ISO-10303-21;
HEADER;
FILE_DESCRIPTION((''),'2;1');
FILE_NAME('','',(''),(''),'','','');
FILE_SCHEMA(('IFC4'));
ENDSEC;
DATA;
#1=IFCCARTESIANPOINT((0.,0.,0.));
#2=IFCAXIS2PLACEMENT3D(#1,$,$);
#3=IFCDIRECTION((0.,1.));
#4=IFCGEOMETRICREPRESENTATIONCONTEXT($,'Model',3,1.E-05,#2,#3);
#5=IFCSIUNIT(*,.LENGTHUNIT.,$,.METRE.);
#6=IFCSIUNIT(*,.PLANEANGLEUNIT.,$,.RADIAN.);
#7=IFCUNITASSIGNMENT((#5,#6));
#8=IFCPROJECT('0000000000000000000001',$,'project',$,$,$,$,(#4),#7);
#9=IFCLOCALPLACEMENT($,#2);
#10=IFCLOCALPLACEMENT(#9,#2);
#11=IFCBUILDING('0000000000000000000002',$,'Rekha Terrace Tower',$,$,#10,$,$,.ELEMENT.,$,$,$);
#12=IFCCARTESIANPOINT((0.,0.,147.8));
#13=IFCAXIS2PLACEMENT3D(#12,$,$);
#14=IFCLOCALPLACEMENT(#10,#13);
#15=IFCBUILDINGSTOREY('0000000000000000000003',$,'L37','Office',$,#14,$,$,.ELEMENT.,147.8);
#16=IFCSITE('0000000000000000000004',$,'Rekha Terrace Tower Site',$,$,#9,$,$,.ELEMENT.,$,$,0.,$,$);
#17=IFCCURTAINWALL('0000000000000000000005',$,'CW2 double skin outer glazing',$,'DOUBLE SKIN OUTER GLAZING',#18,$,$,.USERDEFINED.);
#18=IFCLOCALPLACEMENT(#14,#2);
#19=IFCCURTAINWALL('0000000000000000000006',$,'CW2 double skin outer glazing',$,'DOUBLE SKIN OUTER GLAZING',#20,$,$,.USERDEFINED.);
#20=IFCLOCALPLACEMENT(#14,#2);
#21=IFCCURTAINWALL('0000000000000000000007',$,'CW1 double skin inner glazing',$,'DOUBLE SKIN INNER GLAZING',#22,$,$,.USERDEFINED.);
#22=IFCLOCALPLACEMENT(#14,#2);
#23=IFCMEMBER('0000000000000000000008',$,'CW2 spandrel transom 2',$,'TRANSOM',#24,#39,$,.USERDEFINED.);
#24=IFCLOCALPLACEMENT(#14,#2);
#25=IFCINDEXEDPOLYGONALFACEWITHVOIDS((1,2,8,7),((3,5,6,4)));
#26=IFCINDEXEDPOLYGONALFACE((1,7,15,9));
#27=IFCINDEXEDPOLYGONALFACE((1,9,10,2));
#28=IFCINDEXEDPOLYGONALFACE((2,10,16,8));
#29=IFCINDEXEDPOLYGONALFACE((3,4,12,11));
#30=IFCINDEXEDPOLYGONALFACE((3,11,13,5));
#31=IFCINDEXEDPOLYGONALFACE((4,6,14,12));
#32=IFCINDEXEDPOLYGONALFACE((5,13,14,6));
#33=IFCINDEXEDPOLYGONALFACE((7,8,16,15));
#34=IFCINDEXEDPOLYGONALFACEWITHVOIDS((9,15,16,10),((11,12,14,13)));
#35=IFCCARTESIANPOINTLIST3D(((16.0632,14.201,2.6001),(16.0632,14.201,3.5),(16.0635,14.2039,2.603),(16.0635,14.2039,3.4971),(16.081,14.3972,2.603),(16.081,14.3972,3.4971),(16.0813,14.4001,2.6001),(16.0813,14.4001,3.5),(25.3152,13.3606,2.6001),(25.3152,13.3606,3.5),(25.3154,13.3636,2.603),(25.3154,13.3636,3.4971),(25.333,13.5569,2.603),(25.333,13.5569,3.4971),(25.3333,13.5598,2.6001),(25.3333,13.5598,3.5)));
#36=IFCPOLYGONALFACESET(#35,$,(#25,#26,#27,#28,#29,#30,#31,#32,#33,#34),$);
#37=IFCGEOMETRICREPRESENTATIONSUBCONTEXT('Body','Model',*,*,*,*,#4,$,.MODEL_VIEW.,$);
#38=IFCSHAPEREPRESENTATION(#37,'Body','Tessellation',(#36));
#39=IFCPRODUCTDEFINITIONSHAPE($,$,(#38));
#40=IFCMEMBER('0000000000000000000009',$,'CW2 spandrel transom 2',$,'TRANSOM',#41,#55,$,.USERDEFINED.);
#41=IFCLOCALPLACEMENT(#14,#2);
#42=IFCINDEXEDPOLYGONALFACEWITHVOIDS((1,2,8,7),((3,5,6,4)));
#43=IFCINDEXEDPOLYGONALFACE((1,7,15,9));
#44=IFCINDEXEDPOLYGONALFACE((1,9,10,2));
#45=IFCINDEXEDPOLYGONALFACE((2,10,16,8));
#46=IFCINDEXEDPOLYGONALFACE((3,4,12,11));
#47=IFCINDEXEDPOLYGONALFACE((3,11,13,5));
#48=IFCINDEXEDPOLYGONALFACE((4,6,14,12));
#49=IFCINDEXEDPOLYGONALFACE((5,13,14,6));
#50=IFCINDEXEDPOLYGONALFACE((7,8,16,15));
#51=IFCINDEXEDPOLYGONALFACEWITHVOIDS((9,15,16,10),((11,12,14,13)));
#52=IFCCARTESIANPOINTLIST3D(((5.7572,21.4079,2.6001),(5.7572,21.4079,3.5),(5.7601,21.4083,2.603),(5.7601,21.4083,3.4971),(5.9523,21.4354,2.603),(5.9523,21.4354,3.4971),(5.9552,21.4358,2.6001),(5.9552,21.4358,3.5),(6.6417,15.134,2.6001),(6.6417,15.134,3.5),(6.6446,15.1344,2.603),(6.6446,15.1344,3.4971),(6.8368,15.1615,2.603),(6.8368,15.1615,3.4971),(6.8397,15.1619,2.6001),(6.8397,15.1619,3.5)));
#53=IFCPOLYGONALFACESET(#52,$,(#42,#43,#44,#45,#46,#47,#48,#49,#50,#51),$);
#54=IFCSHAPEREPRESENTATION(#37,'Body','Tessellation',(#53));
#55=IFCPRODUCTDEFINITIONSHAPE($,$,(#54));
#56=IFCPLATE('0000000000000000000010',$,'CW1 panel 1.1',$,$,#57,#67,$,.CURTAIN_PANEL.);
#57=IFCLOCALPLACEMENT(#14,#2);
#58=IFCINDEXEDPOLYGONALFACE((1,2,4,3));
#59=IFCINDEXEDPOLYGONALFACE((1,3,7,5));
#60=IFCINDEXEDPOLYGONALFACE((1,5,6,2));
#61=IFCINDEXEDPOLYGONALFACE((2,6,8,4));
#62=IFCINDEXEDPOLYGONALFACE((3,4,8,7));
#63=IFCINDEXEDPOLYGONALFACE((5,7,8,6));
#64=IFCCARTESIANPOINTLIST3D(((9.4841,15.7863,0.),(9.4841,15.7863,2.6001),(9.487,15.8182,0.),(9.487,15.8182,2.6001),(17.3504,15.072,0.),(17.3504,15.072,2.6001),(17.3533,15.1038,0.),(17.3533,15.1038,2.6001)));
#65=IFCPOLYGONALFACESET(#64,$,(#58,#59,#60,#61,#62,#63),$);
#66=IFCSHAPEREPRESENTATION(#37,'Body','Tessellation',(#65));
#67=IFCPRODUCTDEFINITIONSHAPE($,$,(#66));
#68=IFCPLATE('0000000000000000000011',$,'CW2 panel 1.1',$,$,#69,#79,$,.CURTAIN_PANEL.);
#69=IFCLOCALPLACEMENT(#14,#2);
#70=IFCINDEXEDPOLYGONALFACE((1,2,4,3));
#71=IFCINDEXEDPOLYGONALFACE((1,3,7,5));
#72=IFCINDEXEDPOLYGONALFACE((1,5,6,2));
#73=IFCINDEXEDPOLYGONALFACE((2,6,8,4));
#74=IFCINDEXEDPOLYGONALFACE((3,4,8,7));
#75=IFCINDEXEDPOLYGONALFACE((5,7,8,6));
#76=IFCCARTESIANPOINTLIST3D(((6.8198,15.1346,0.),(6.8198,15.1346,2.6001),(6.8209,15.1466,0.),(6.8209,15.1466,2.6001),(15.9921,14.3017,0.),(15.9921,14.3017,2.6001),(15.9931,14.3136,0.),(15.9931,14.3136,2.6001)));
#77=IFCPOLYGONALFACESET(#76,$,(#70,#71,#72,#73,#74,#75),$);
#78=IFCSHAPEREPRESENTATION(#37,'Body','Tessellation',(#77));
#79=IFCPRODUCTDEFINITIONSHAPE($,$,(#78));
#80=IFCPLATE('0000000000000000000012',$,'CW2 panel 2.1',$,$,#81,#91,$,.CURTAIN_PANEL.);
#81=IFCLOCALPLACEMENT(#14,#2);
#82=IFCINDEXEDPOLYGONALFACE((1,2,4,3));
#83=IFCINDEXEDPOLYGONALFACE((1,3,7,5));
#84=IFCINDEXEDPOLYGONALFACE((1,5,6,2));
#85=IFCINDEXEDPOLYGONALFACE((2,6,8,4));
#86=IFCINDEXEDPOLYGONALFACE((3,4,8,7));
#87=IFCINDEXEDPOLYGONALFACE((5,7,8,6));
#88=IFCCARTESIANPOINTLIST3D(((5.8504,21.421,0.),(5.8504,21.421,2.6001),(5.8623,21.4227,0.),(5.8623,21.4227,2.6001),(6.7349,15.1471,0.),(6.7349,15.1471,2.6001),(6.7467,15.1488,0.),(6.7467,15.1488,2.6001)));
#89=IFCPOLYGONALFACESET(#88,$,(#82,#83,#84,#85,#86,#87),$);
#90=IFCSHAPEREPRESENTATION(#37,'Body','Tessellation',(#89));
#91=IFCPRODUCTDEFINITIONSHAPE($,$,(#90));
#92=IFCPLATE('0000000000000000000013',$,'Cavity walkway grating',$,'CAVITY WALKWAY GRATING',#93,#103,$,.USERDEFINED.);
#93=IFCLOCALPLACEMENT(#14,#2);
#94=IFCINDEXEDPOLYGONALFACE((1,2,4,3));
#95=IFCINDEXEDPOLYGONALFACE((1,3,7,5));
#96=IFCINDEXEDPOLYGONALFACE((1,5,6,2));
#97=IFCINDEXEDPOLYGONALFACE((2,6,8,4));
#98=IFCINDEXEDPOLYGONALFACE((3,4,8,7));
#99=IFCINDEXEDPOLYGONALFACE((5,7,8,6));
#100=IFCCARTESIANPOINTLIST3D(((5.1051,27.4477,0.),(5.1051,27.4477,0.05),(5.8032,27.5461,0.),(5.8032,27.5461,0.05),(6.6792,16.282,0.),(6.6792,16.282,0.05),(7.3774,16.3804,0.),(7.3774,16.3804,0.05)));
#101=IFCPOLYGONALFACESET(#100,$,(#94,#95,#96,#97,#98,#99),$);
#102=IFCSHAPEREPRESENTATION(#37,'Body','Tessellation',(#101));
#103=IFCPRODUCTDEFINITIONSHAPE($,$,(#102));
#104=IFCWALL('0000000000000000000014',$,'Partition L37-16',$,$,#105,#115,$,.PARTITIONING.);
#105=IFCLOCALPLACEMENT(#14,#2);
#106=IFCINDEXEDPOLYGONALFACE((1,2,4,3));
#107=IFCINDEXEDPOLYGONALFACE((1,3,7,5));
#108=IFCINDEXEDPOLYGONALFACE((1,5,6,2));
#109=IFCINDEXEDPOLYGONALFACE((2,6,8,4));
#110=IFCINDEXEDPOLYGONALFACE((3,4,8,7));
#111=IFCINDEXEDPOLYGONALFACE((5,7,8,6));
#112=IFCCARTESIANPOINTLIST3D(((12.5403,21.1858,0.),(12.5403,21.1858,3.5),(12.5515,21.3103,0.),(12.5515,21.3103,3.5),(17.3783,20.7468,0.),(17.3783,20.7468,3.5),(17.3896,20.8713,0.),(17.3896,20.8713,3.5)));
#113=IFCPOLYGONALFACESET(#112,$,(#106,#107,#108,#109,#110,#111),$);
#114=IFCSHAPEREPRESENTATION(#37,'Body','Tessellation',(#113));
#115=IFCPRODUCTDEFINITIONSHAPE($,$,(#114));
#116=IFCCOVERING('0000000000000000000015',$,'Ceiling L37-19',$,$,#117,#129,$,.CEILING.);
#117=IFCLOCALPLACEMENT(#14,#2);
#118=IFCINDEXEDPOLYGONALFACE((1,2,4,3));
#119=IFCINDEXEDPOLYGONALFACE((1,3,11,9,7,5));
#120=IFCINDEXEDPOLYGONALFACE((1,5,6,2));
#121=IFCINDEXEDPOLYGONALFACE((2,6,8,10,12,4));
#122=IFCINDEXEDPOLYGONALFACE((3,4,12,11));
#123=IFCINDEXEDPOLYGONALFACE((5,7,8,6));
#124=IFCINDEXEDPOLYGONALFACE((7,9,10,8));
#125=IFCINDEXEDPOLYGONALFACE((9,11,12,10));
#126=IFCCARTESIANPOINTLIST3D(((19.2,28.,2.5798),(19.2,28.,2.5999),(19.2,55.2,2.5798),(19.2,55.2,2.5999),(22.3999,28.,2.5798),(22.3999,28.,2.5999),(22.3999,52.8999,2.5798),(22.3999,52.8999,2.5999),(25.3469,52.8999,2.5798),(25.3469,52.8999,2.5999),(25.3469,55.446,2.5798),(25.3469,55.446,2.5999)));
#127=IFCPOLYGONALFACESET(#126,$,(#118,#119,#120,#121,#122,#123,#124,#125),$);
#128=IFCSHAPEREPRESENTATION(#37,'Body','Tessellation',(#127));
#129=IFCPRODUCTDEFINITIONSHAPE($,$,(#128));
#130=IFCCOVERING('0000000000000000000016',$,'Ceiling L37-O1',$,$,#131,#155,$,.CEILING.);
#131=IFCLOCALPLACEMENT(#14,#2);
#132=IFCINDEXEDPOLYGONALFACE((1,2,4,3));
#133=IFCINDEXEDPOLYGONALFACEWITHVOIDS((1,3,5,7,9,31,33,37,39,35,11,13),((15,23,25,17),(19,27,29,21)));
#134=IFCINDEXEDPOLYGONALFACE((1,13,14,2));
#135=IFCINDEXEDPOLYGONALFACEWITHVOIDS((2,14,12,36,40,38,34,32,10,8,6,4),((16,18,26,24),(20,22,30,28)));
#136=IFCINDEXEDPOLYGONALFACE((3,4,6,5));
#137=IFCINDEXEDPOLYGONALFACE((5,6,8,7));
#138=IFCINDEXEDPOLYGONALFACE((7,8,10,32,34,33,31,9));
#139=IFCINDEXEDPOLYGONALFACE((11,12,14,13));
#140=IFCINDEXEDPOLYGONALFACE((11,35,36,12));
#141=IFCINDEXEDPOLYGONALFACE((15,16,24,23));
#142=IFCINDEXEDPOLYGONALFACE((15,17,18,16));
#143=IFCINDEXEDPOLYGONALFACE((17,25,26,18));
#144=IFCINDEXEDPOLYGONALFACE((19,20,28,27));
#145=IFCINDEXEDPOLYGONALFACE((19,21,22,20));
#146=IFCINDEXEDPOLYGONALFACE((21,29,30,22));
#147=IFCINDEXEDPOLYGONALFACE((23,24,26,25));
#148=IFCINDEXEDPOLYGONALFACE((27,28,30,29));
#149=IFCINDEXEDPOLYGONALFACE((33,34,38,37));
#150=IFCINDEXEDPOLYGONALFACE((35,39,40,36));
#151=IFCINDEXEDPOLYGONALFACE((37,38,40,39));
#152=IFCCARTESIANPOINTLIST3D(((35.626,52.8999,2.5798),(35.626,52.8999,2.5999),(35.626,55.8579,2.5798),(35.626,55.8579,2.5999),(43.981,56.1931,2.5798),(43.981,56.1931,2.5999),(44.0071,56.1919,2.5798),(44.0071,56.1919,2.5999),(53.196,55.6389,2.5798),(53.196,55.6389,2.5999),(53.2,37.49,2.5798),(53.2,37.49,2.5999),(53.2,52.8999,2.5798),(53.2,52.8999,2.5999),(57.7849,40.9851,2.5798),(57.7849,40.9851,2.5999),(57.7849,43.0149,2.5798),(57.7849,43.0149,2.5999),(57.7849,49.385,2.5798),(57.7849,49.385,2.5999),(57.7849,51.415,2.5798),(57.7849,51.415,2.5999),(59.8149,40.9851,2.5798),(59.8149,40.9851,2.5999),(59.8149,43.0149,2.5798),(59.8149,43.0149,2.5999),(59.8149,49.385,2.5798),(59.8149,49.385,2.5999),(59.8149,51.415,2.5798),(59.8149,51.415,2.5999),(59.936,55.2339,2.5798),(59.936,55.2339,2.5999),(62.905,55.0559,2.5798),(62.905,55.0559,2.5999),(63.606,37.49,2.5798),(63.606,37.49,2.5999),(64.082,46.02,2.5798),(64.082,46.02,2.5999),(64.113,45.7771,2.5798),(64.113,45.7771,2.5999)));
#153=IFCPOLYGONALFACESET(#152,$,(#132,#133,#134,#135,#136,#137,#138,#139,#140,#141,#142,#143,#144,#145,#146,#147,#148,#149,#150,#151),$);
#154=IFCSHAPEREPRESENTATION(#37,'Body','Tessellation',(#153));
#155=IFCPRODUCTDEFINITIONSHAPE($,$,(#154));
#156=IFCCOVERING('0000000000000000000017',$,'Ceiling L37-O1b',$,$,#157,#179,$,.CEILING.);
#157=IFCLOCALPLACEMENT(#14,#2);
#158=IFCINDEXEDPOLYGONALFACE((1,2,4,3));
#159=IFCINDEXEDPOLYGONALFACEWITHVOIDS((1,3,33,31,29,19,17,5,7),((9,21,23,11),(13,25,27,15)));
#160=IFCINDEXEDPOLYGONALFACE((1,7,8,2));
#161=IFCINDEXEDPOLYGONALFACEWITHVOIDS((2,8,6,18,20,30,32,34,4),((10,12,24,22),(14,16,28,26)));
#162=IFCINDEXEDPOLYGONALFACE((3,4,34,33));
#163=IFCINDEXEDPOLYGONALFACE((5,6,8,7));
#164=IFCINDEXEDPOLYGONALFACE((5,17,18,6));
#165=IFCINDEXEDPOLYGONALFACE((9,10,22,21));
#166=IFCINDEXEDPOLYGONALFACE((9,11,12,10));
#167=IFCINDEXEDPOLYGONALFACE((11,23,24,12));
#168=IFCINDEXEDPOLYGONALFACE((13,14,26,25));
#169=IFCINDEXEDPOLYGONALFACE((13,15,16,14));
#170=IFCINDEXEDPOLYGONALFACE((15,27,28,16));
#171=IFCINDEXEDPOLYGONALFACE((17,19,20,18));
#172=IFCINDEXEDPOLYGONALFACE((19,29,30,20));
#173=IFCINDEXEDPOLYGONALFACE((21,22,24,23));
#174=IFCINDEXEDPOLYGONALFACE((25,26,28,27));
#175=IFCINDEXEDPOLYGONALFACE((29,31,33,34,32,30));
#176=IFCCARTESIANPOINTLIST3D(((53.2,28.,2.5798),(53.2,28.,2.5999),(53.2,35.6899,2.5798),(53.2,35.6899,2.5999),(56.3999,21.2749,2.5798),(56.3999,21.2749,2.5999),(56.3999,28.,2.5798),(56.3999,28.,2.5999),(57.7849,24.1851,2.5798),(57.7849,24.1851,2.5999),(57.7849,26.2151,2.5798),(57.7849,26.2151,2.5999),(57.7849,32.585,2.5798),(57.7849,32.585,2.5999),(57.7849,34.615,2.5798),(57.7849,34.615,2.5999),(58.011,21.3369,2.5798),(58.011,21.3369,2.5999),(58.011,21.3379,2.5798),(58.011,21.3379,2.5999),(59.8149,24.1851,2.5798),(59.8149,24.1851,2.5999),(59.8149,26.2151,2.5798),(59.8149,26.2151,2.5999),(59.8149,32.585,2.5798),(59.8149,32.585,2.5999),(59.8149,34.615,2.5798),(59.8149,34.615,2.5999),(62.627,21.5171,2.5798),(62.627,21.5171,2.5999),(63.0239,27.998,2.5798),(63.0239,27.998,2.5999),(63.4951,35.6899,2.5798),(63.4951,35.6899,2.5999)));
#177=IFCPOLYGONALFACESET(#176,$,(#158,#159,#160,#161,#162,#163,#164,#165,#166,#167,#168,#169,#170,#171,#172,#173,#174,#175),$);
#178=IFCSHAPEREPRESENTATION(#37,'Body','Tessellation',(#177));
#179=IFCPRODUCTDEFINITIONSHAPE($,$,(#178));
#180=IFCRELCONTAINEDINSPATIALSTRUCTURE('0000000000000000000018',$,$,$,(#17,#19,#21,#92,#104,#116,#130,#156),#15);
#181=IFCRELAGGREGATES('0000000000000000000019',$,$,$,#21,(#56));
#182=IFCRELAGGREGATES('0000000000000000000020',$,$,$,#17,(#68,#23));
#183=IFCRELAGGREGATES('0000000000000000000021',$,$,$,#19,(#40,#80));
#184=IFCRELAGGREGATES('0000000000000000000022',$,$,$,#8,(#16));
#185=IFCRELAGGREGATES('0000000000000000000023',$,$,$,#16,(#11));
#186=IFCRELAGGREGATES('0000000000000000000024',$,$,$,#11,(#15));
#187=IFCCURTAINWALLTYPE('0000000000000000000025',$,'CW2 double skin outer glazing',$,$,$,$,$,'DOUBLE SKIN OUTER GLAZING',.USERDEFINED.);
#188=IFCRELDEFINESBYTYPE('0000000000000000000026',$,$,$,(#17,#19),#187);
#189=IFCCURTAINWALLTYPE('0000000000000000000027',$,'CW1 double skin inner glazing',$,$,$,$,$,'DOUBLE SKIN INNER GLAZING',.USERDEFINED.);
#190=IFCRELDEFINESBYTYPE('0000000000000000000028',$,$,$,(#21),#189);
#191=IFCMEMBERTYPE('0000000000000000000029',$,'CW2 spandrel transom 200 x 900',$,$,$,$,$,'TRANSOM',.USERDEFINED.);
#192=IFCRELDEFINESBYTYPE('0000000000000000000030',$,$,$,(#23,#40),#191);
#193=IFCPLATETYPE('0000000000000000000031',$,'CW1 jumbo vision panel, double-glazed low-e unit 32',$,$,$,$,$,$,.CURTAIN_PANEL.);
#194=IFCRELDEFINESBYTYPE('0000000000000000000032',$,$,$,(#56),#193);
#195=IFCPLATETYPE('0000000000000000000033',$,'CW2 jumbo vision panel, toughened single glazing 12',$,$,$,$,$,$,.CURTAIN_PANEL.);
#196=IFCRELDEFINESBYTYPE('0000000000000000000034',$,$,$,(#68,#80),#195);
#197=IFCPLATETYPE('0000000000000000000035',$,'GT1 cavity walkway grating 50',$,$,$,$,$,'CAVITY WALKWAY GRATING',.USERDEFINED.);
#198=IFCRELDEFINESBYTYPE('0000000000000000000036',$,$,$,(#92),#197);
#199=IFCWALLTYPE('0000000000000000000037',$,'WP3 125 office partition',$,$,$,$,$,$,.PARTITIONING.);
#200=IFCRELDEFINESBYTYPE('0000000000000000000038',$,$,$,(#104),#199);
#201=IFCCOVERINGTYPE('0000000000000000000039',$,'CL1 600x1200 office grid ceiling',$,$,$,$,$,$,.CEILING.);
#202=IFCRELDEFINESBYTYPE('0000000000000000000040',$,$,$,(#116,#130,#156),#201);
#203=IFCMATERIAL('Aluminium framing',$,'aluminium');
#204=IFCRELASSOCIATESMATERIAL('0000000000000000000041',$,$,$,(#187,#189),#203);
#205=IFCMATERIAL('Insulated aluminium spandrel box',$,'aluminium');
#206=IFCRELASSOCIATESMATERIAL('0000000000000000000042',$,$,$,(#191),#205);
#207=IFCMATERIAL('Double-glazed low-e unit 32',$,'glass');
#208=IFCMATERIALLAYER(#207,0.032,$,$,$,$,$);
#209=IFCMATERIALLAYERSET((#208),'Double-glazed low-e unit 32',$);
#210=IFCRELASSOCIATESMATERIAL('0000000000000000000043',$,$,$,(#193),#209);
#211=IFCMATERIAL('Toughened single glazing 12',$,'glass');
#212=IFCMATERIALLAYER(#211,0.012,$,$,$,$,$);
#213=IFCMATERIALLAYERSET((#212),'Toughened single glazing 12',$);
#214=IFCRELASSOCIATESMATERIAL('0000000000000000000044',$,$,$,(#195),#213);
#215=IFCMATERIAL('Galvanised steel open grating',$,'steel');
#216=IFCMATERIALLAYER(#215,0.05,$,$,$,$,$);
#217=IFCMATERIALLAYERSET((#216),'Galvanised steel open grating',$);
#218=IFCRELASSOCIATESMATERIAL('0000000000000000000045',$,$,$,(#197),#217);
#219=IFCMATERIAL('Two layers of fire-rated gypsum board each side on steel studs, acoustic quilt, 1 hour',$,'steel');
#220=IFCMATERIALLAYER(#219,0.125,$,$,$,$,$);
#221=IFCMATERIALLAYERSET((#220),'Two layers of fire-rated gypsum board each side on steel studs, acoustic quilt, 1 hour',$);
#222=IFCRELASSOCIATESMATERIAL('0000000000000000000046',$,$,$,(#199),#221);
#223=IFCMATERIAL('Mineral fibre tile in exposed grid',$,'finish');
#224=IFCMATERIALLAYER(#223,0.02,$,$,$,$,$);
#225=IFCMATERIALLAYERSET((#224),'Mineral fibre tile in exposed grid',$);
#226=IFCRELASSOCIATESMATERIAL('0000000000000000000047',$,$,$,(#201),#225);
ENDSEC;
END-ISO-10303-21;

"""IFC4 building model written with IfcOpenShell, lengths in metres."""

from ifc_helpers import new_model, si_unit, direction, frame, frame_2d, origin, origin_2d, place, context, subcontext, project, spatial, polyline, rectangle, hollow_rectangle, outline, extrude, material, layer, layer_set, material_profile, profile_set, type_object, element, aggregate, save


model = new_model("IFC4")

# Units and contexts
model_context = context("Model", 3, precision=1e-05, world=origin(), true_north=direction((0.0, 1.0)))
body_context = subcontext(model_context, "Body", "Model", "MODEL_VIEW")
ifc_project = project(units=[si_unit("LENGTHUNIT", "METRE"), si_unit("PLANEANGLEUNIT", "RADIAN")], contexts=[model_context])

# Site, building, storey
site_placement = place(None, origin())
site = spatial("IfcSite", under=ifc_project, at=site_placement, Name="Rekha Terrace Tower Site", CompositionType="ELEMENT", RefElevation=0.0)
building_placement = place(site_placement, origin())
building = spatial("IfcBuilding", under=site, at=building_placement, Name="Rekha Terrace Tower", CompositionType="ELEMENT")
storey_placement = place(building_placement, frame((0.0, 0.0, 147.8)))
storey = spatial("IfcBuildingStorey", under=building, at=storey_placement, Name="L37", Description="Office", CompositionType="ELEMENT", Elevation=147.8)

# Curtain walls
ifc_material_1 = material(Name="Aluminium framing", Category="aluminium")
curtain_wall_type_1 = type_object("IfcCurtainWallType", Name="CW2 double skin outer glazing", ElementType="DOUBLE SKIN OUTER GLAZING", PredefinedType="USERDEFINED", material=ifc_material_1)
curtain_wall_1_placement = place(storey_placement, origin())
curtain_wall_1 = element("IfcCurtainWall", 1, at=curtain_wall_1_placement, inside=storey, type_object=curtain_wall_type_1, Name="CW2 double skin outer glazing", ObjectType="DOUBLE SKIN OUTER GLAZING", PredefinedType="USERDEFINED")
curtain_wall_2_placement = place(storey_placement, origin())
curtain_wall_2 = element("IfcCurtainWall", 2, at=curtain_wall_2_placement, inside=storey, type_object=curtain_wall_type_1, Name="CW2 double skin outer glazing", ObjectType="DOUBLE SKIN OUTER GLAZING", PredefinedType="USERDEFINED")
curtain_wall_type_2 = type_object("IfcCurtainWallType", Name="CW1 double skin inner glazing", ElementType="DOUBLE SKIN INNER GLAZING", PredefinedType="USERDEFINED", material=ifc_material_1)
curtain_wall_3_placement = place(storey_placement, origin())
curtain_wall_3 = element("IfcCurtainWall", 3, at=curtain_wall_3_placement, inside=storey, type_object=curtain_wall_type_2, Name="CW1 double skin inner glazing", ObjectType="DOUBLE SKIN INNER GLAZING", PredefinedType="USERDEFINED")

# Members
ifc_material_2 = material(Name="Insulated aluminium spandrel box", Category="aluminium")
ifc_material_profile_1 = material_profile(ifc_material_2, hollow_rectangle(XDim=0.2, YDim=0.8999, WallThickness=0.0029, at=origin_2d()), Name="AL SPANDREL BOX 200x900")
ifc_profile_set_1 = profile_set([ifc_material_profile_1], Name="Insulated aluminium spandrel box")
member_type_1 = type_object("IfcMemberType", Name="CW2 spandrel transom 200 x 900", ElementType="TRANSOM", PredefinedType="USERDEFINED", material=ifc_profile_set_1)
member_1_placement = place(storey_placement, frame((16.0723, 14.3005, 3.05), z_axis=(0.995901, -0.090455, 0.0), x_axis=(0.090455, 0.995901, 0.0)))
member_1 = element("IfcMember", 4, at=member_1_placement, type_object=member_type_1, Name="CW2 spandrel transom 2", ObjectType="TRANSOM", PredefinedType="USERDEFINED", context=body_context, shape_type="SweptSolid", body=[
    extrude(hollow_rectangle(XDim=0.2, YDim=0.8999, WallThickness=0.0029, at=origin_2d()), origin(), (0.0, 0.0, 1.0), 9.29),
])
member_2_placement = place(storey_placement, frame((5.8562, 21.4219, 3.05), z_axis=(0.139603, -0.990208, 0.0), x_axis=(0.990208, 0.139603, 0.0)))
member_2 = element("IfcMember", 5, at=member_2_placement, type_object=member_type_1, Name="CW2 spandrel transom 2", ObjectType="TRANSOM", PredefinedType="USERDEFINED", context=body_context, shape_type="SweptSolid", body=[
    extrude(hollow_rectangle(XDim=0.2, YDim=0.8999, WallThickness=0.0029, at=origin_2d()), origin(), (0.0, 0.0, 1.0), 6.3359),
])

# Plates
ifc_material_3 = material(Name="Double-glazed low-e unit 32", Category="glass")
ifc_layer_1 = layer(ifc_material_3, 0.032)
ifc_layer_set_1 = layer_set([ifc_layer_1], Name="Double-glazed low-e unit 32")
plate_type_1 = type_object("IfcPlateType", Name="CW1 jumbo vision panel, double-glazed low-e unit 32", PredefinedType="CURTAIN_PANEL", material=ifc_layer_set_1)
plate_1_placement = place(storey_placement, frame((13.4187, 15.4451, 0.0), z_axis=(0.0, 0.0, 1.0), x_axis=(0.995902, -0.09044, 0.0)))
plate_1 = element("IfcPlate", 6, at=plate_1_placement, type_object=plate_type_1, Name="CW1 panel 1.1", PredefinedType="CURTAIN_PANEL", context=body_context, shape_type="SweptSolid", body=[
    extrude(rectangle(XDim=7.8987, YDim=0.032, at=origin_2d()), origin(), (0.0, 0.0, 1.0), 2.6001),
])
aggregate(curtain_wall_3, [plate_1])
ifc_material_4 = material(Name="Toughened single glazing 12", Category="glass")
ifc_layer_2 = layer(ifc_material_4, 0.012)
ifc_layer_set_2 = layer_set([ifc_layer_2], Name="Toughened single glazing 12")
plate_type_2 = type_object("IfcPlateType", Name="CW2 jumbo vision panel, toughened single glazing 12", PredefinedType="CURTAIN_PANEL", material=ifc_layer_set_2)
plate_2_placement = place(storey_placement, frame((11.4065, 14.7241, 0.0), z_axis=(0.0, 0.0, 1.0), x_axis=(0.995902, -0.09044, 0.0)))
plate_2 = element("IfcPlate", 7, at=plate_2_placement, type_object=plate_type_2, Name="CW2 panel 1.1", PredefinedType="CURTAIN_PANEL", context=body_context, shape_type="SweptSolid", body=[
    extrude(rectangle(XDim=9.21, YDim=0.012, at=origin_2d()), origin(), (0.0, 0.0, 1.0), 2.6001),
])
aggregate(curtain_wall_1, [plate_2, member_1])
plate_3_placement = place(storey_placement, frame((6.2986, 18.2849, 0.0), z_axis=(0.0, 0.0, 1.0), x_axis=(0.139597, -0.990208, 0.0)))
plate_3 = element("IfcPlate", 8, at=plate_3_placement, type_object=plate_type_2, Name="CW2 panel 2.1", PredefinedType="CURTAIN_PANEL", context=body_context, shape_type="SweptSolid", body=[
    extrude(rectangle(XDim=6.3359, YDim=0.012, at=origin_2d()), origin(), (0.0, 0.0, 1.0), 2.6001),
])
aggregate(curtain_wall_2, [member_2, plate_3])
ifc_material_5 = material(Name="Galvanised steel open grating", Category="steel")
ifc_layer_3 = layer(ifc_material_5, 0.05)
ifc_layer_set_3 = layer_set([ifc_layer_3], Name="Galvanised steel open grating")
plate_type_3 = type_object("IfcPlateType", Name="GT1 cavity walkway grating 50", ElementType="CAVITY WALKWAY GRATING", PredefinedType="USERDEFINED", material=ifc_layer_set_3)
plate_4_placement = place(storey_placement, frame((6.2412, 21.9141, 0.0), z_axis=(0.0, 0.0, 1.0), x_axis=(0.139597, -0.990208, 0.0)))
element("IfcPlate", 9, at=plate_4_placement, inside=storey, type_object=plate_type_3, Name="Cavity walkway grating", ObjectType="CAVITY WALKWAY GRATING", PredefinedType="USERDEFINED", context=body_context, shape_type="SweptSolid", body=[
    extrude(rectangle(XDim=11.2761, YDim=0.7051, at=origin_2d()), origin(), (0.0, 0.0, 1.0), 0.05),
])

# Wall
ifc_material_6 = material(Name="Two layers of fire-rated gypsum board each side on steel studs, acoustic quilt, 1 hour", Category="steel")
ifc_layer_4 = layer(ifc_material_6, 0.125)
ifc_layer_set_4 = layer_set([ifc_layer_4], Name="Two layers of fire-rated gypsum board each side on steel studs, acoustic quilt, 1 hour")
wall_type = type_object("IfcWallType", Name="WP3 125 office partition", PredefinedType="PARTITIONING", material=ifc_layer_set_4)
wall_placement = place(storey_placement, frame((12.5459, 21.248, 0.0), z_axis=(0.0, 0.0, 1.0), x_axis=(0.995909, -0.090359, 0.0)))
element("IfcWall", 10, at=wall_placement, inside=storey, type_object=wall_type, Name="Partition L37-16", PredefinedType="PARTITIONING", context=body_context, shape_type="SweptSolid", body=[
    extrude(rectangle(XDim=4.8579, YDim=0.125, at=frame_2d((2.429, 0.0))), origin(), (0.0, 0.0, 1.0), 3.5),
])

# Coverings
ifc_material_7 = material(Name="Mineral fibre tile in exposed grid", Category="finish")
ifc_layer_5 = layer(ifc_material_7, 0.02)
ifc_layer_set_5 = layer_set([ifc_layer_5], Name="Mineral fibre tile in exposed grid")
covering_type_1 = type_object("IfcCoveringType", Name="CL1 600x1200 office grid ceiling", PredefinedType="CEILING", material=ifc_layer_set_5)
covering_1_placement = place(storey_placement, frame((0.0, 0.0, 2.5798)))
element("IfcCovering", 11, at=covering_1_placement, inside=storey, type_object=covering_type_1, Name="Ceiling L37-19", PredefinedType="CEILING", context=body_context, shape_type="SweptSolid", body=[
    extrude(outline(polyline([(22.3999, 28.0), (22.3999, 52.8999), (25.3469, 52.8999), (25.3469, 55.446), (19.2, 55.2), (19.2, 28.0), (22.3999, 28.0)])), origin(), (0.0, 0.0, 1.0), 0.02),
])
covering_2_placement = place(storey_placement, frame((0.0, 0.0, 2.5798)))
element("IfcCovering", 12, at=covering_2_placement, inside=storey, type_object=covering_type_1, Name="Ceiling L37-O1", PredefinedType="CEILING", context=body_context, shape_type="SweptSolid", body=[
    extrude(outline(polyline([(53.196, 55.6389), (44.0071, 56.1919), (43.981, 56.1931), (35.626, 55.8579), (35.626, 52.8999), (53.2, 52.8999), (53.2, 37.49), (63.606, 37.49), (64.113, 45.7771), (64.082, 46.02), (62.905, 55.0559), (59.936, 55.2339), (53.196, 55.6389)]), holes=[polyline([(59.8149, 40.9851), (57.7849, 40.9851), (57.7849, 43.0149), (59.8149, 43.0149), (59.8149, 40.9851)]), polyline([(59.8149, 49.385), (57.7849, 49.385), (57.7849, 51.415), (59.8149, 51.415), (59.8149, 49.385)])]), origin(), (0.0, 0.0, 1.0), 0.02),
])
covering_3_placement = place(storey_placement, frame((0.0, 0.0, 2.5798)))
element("IfcCovering", 13, at=covering_3_placement, inside=storey, type_object=covering_type_1, Name="Ceiling L37-O1b", PredefinedType="CEILING", context=body_context, shape_type="SweptSolid", body=[
    extrude(outline(polyline([(53.2, 35.6899), (53.2, 28.0), (56.3999, 28.0), (56.3999, 21.2749), (58.011, 21.3369), (58.011, 21.3379), (62.627, 21.5171), (63.0239, 27.998), (63.4951, 35.6899), (53.2, 35.6899)]), holes=[polyline([(59.8149, 26.2151), (59.8149, 24.1851), (57.7849, 24.1851), (57.7849, 26.2151), (59.8149, 26.2151)]), polyline([(59.8149, 32.585), (57.7849, 32.585), (57.7849, 34.615), (59.8149, 34.615), (59.8149, 32.585)])]), origin(), (0.0, 0.0, 1.0), 0.02),
])

save(model, "model.ifc")
